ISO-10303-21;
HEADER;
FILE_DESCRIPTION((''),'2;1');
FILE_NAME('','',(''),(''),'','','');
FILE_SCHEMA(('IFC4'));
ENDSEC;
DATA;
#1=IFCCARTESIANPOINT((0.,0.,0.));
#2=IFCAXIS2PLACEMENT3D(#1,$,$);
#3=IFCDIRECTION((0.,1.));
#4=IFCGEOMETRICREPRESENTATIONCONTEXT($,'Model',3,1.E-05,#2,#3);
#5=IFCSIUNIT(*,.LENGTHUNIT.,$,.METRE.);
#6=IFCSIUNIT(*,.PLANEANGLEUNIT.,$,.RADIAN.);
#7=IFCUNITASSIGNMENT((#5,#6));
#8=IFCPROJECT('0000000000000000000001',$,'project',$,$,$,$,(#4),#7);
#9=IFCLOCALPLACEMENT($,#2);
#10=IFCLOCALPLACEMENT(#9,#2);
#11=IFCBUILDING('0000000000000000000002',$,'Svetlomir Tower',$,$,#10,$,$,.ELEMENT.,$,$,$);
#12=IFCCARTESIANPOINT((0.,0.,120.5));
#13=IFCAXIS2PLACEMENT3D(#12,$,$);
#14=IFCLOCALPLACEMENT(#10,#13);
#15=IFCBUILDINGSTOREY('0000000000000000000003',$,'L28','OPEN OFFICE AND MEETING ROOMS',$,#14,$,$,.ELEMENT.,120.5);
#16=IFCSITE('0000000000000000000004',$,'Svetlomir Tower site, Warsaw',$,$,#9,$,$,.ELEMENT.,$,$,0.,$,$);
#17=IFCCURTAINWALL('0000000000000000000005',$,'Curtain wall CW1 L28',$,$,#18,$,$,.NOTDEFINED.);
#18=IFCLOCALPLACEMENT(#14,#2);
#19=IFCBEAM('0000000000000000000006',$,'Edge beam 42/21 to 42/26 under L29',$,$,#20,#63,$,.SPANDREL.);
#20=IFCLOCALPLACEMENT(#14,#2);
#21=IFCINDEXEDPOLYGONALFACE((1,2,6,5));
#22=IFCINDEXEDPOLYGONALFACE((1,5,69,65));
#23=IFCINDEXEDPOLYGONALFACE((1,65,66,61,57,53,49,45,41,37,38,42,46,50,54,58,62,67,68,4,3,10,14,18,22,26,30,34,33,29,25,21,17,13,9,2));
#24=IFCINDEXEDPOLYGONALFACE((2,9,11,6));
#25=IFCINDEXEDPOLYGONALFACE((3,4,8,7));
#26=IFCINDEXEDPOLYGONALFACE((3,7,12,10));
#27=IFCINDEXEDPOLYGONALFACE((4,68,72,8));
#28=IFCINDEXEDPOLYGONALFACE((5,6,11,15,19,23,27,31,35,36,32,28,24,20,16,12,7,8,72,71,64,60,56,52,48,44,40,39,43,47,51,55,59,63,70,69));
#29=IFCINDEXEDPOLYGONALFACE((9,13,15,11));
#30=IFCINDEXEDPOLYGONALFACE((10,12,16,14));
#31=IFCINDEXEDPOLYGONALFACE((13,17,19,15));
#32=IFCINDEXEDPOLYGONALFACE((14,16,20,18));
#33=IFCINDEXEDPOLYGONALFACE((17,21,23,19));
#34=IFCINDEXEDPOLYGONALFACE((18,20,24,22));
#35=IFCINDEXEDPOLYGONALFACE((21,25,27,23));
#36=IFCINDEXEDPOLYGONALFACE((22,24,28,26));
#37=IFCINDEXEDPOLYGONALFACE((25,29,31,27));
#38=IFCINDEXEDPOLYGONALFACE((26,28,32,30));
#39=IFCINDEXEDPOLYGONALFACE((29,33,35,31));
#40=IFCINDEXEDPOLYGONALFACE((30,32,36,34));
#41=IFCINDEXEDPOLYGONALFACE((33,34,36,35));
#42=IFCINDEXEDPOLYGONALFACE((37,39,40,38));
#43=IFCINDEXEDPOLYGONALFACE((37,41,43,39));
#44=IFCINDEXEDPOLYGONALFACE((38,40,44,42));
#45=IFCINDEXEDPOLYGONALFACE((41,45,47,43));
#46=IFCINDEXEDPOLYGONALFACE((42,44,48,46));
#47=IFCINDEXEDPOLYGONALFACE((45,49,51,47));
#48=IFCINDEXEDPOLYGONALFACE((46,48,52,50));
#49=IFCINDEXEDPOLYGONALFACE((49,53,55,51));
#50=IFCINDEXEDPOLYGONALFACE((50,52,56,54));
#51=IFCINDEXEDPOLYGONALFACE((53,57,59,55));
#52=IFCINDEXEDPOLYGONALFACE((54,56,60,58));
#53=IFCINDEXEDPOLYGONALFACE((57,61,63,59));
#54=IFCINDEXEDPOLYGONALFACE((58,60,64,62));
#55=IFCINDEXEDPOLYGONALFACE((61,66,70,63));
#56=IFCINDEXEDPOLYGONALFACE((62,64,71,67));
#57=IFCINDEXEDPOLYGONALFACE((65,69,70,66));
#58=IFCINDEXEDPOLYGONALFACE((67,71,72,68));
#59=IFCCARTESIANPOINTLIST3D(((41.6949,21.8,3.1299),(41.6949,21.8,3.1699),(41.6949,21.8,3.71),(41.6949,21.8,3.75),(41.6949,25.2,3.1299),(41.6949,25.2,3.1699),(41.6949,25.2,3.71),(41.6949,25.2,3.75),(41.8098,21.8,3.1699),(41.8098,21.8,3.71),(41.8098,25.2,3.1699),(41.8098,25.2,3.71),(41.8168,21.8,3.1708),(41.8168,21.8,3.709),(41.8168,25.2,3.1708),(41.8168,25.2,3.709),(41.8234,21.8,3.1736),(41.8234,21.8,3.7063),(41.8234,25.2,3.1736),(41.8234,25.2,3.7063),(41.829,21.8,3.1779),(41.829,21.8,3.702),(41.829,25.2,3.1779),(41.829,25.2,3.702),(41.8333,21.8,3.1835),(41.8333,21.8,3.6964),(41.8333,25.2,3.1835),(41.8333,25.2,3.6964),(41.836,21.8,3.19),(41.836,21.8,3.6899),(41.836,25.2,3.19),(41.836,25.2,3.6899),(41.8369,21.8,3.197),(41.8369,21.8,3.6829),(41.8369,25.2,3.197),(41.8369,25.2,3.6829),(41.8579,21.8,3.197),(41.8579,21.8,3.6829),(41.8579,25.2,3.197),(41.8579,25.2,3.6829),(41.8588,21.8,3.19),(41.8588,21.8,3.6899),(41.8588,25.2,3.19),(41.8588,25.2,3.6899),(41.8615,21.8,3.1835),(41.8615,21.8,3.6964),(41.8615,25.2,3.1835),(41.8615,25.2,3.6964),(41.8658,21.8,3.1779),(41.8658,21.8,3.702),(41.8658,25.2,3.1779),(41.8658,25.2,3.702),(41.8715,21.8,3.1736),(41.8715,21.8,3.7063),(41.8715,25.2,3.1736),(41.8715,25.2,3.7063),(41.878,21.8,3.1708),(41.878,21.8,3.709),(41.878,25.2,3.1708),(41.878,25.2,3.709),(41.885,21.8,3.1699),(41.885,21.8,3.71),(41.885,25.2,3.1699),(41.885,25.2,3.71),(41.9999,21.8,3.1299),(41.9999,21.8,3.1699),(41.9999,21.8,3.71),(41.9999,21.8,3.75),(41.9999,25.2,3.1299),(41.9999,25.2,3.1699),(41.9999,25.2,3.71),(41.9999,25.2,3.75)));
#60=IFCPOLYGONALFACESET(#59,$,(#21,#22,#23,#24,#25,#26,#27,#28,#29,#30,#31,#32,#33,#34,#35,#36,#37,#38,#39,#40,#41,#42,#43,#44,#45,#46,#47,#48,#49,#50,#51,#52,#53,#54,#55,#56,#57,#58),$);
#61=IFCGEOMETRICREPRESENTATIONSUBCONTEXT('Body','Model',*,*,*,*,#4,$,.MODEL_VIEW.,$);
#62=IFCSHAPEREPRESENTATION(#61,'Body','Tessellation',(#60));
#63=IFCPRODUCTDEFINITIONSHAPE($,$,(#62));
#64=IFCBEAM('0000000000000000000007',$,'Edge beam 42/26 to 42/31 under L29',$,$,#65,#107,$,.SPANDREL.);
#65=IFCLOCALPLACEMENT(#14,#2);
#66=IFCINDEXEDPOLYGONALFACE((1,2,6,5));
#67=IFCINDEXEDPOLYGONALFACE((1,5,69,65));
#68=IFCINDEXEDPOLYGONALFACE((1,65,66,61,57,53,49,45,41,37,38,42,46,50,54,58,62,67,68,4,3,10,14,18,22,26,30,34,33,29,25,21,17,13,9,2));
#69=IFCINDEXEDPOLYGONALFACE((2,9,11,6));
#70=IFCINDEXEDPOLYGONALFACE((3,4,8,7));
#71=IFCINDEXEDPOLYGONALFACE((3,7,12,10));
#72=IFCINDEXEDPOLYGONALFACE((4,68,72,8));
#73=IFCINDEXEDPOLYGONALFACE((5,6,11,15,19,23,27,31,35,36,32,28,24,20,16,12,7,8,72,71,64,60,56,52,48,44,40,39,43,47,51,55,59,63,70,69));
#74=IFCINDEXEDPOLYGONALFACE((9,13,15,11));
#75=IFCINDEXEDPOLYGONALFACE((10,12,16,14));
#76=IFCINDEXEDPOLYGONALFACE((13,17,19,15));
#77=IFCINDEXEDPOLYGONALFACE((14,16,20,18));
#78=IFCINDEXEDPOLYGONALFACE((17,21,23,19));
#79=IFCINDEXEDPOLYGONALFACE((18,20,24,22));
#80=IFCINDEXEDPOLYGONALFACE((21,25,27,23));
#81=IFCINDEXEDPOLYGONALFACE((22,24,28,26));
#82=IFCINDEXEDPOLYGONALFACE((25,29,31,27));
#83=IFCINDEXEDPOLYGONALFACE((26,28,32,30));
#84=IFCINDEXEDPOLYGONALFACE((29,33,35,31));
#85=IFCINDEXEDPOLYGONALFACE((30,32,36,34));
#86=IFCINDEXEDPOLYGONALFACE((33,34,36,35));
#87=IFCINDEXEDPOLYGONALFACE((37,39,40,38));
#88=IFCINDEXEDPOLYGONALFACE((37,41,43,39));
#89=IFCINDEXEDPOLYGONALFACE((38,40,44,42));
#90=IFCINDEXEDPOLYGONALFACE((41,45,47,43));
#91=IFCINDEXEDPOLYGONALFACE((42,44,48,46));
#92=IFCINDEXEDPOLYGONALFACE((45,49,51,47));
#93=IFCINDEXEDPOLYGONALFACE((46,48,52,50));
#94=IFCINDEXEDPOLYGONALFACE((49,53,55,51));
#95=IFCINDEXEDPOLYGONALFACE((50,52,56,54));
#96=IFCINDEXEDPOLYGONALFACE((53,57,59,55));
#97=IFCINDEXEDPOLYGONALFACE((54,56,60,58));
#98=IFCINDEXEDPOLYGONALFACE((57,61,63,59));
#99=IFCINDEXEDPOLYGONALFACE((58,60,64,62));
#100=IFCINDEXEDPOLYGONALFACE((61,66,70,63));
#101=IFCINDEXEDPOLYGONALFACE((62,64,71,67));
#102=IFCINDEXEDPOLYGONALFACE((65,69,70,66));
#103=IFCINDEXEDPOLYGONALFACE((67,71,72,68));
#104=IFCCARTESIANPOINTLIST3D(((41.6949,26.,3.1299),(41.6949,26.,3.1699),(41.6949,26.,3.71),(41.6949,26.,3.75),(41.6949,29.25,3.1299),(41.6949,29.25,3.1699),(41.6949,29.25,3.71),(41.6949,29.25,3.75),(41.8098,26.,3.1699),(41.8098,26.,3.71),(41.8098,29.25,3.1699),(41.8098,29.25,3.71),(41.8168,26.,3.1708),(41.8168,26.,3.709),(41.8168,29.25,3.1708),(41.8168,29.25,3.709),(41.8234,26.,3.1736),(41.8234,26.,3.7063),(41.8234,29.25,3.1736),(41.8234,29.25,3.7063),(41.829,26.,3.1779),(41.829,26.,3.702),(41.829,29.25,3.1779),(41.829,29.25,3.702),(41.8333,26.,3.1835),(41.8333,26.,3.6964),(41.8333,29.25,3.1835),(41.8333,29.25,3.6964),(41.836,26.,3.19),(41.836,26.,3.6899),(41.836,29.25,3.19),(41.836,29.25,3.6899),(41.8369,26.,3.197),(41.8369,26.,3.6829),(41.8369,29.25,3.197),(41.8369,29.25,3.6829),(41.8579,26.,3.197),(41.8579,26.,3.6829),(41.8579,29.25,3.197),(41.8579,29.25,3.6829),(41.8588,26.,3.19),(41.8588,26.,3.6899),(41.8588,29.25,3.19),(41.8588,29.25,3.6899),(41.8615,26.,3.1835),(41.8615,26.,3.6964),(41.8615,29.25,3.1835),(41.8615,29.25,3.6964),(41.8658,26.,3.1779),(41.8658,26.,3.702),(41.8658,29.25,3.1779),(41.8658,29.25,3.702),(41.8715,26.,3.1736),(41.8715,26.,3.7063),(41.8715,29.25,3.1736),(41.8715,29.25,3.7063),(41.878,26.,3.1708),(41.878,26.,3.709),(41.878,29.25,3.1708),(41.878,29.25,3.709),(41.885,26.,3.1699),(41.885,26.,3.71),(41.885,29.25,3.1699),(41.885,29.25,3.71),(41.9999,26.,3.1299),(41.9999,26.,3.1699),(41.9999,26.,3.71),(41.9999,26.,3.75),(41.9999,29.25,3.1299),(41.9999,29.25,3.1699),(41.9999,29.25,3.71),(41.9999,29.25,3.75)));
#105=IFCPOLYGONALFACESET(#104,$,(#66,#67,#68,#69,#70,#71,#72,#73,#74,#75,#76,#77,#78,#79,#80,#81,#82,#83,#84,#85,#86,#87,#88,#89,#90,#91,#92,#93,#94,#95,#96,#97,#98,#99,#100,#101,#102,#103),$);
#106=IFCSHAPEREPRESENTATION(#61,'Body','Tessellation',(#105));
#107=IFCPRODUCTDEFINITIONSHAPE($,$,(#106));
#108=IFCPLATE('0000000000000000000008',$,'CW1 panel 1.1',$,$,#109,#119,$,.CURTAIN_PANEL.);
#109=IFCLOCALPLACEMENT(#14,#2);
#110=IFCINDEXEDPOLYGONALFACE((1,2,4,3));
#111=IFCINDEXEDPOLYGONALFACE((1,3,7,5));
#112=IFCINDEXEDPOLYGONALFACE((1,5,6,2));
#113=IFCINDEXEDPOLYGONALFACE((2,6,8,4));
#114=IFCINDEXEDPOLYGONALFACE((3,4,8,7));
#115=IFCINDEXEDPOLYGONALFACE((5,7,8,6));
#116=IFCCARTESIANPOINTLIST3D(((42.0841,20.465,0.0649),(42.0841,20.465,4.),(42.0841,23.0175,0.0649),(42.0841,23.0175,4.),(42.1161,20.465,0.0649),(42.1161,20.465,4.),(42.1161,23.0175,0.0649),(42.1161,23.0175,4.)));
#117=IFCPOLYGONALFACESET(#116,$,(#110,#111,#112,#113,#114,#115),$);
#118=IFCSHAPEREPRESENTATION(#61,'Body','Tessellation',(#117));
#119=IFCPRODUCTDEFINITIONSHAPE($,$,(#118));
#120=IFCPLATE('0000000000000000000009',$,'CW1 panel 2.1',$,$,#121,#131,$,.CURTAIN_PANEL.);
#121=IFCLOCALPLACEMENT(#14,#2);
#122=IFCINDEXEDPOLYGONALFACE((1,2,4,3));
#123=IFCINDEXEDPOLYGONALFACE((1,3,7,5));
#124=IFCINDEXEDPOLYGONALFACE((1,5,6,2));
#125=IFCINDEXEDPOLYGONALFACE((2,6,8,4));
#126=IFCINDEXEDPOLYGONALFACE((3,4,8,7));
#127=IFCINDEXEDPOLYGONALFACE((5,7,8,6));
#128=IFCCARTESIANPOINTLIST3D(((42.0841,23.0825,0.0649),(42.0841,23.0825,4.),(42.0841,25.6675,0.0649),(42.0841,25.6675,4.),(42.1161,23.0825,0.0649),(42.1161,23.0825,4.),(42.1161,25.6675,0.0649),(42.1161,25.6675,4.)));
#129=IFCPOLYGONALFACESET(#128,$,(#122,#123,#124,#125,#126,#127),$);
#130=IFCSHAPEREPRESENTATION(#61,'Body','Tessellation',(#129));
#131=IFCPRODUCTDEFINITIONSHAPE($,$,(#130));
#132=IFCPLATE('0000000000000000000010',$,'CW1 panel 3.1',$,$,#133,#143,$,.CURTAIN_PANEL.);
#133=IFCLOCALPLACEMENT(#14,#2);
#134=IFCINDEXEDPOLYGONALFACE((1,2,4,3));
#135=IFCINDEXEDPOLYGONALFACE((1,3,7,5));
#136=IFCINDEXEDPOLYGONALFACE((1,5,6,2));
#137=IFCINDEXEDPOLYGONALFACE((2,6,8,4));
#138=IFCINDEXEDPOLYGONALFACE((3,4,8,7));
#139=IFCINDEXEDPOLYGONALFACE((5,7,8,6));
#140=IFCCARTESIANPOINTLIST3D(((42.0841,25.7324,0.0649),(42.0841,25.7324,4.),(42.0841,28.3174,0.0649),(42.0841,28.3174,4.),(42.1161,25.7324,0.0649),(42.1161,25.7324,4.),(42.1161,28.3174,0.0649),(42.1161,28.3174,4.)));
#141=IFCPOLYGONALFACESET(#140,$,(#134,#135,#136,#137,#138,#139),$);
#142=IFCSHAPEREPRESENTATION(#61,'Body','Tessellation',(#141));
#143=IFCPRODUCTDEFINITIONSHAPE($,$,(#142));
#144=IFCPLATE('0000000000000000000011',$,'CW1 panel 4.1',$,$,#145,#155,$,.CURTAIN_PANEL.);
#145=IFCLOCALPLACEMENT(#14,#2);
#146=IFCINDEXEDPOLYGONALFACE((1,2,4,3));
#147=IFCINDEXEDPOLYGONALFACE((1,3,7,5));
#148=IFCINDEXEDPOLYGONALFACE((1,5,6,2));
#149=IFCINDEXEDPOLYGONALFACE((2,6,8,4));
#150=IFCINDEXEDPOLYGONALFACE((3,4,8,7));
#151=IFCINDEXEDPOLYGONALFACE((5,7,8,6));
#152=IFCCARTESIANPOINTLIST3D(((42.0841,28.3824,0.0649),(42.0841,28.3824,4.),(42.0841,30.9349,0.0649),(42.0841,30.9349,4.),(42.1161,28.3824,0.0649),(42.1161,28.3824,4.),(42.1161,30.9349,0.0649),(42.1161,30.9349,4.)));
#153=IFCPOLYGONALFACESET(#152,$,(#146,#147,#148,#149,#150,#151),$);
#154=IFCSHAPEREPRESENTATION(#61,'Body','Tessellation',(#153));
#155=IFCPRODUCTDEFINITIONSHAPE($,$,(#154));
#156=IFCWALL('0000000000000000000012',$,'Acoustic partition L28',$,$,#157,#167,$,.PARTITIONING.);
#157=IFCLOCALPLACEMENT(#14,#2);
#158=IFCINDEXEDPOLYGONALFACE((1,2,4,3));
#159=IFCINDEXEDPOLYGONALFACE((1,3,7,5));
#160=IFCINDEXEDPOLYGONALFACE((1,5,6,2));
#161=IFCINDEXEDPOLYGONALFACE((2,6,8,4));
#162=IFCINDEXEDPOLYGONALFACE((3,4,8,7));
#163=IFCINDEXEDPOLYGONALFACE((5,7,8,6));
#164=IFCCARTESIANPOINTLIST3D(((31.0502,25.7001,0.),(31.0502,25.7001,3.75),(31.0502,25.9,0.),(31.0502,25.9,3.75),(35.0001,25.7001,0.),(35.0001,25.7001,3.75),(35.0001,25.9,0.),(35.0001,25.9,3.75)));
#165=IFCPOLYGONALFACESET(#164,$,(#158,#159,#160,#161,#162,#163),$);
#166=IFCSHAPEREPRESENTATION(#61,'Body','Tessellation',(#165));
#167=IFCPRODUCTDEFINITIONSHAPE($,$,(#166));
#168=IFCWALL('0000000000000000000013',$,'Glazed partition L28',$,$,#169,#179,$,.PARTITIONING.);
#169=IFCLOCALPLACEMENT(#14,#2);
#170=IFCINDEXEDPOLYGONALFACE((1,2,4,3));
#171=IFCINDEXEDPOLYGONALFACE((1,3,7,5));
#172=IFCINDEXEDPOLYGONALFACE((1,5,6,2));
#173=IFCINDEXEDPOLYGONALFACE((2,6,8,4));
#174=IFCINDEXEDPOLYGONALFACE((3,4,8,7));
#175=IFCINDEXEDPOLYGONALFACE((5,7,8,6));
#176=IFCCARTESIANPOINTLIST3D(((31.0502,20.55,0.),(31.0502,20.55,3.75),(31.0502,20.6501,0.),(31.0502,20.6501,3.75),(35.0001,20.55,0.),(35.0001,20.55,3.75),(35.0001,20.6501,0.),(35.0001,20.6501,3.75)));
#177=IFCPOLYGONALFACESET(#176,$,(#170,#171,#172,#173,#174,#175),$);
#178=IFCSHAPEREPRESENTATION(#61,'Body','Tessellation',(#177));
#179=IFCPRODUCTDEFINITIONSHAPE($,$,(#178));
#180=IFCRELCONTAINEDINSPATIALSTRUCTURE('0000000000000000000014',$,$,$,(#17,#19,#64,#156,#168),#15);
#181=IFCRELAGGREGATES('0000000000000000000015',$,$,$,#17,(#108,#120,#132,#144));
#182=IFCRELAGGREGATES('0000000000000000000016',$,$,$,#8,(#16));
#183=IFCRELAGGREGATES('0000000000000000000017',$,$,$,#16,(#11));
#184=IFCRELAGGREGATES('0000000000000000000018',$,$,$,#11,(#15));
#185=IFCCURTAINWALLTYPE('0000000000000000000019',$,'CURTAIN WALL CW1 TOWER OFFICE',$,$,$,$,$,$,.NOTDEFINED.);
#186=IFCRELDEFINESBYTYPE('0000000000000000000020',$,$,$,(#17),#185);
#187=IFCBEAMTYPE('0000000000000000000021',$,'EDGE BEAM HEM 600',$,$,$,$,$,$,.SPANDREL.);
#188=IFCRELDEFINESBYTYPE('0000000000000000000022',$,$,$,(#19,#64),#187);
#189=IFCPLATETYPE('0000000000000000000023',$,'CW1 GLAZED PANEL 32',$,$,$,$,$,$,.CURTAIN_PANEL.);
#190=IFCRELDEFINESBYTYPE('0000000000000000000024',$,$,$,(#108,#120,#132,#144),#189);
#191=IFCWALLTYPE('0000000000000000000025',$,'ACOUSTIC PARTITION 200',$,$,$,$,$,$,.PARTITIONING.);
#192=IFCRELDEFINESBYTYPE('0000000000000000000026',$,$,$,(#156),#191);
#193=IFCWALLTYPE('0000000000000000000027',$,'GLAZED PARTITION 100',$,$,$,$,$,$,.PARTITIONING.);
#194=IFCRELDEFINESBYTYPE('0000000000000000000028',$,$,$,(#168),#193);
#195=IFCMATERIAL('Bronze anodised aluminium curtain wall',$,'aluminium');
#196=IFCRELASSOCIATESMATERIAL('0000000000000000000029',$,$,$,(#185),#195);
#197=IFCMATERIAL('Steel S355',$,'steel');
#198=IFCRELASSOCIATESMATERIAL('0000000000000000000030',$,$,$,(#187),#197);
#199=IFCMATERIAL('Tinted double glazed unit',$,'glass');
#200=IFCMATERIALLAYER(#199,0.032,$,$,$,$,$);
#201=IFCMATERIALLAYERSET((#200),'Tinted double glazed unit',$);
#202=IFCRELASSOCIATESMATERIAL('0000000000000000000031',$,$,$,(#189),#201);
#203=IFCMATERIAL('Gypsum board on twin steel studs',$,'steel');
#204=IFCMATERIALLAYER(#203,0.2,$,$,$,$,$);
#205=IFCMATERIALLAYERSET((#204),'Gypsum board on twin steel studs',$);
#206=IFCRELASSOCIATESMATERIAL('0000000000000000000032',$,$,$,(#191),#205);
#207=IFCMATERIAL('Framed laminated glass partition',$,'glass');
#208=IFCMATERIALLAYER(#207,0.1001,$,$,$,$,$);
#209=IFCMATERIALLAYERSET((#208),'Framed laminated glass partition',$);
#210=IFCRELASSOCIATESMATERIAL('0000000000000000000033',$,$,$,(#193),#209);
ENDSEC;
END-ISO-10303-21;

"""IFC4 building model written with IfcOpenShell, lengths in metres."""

from ifc_helpers import new_model, si_unit, direction, frame, frame_2d, origin, origin_2d, place, context, subcontext, project, spatial, rectangle, i_section, extrude, material, layer, layer_set, material_profile, profile_set, type_object, element, aggregate, save


model = new_model("IFC4")

# Units and contexts
model_context = context("Model", 3, precision=1e-05, world=origin(), true_north=direction((0.0, 1.0)))
body_context = subcontext(model_context, "Body", "Model", "MODEL_VIEW")
ifc_project = project(units=[si_unit("LENGTHUNIT", "METRE"), si_unit("PLANEANGLEUNIT", "RADIAN")], contexts=[model_context])

# Site, building, storey
site_placement = place(None, origin())
site = spatial("IfcSite", under=ifc_project, at=site_placement, Name="Svetlomir Tower site, Warsaw", CompositionType="ELEMENT", RefElevation=0.0)
building_placement = place(site_placement, origin())
building = spatial("IfcBuilding", under=site, at=building_placement, Name="Svetlomir Tower", CompositionType="ELEMENT")
storey_placement = place(building_placement, frame((0.0, 0.0, 120.5)))
storey = spatial("IfcBuildingStorey", under=building, at=storey_placement, Name="L28", Description="OPEN OFFICE AND MEETING ROOMS", CompositionType="ELEMENT", Elevation=120.5)

# Curtain wall
ifc_material_1 = material(Name="Bronze anodised aluminium curtain wall", Category="aluminium")
curtain_wall_type = type_object("IfcCurtainWallType", Name="CURTAIN WALL CW1 TOWER OFFICE", PredefinedType="NOTDEFINED", material=ifc_material_1)
curtain_wall_1_placement = place(storey_placement, origin())
curtain_wall_1 = element("IfcCurtainWall", 1, at=curtain_wall_1_placement, inside=storey, type_object=curtain_wall_type, Name="Curtain wall CW1 L28", PredefinedType="NOTDEFINED")

# Beams
ifc_material_2 = material(Name="Steel S355", Category="steel")
ifc_material_profile_1 = material_profile(ifc_material_2, i_section(OverallWidth=0.3049, OverallDepth=0.6201, WebThickness=0.021, FlangeThickness=0.04, FilletRadius=0.0271, at=origin_2d()), Name="HEM 600")
ifc_profile_set_1 = profile_set([ifc_material_profile_1], Name="Steel S355")
beam_type_1 = type_object("IfcBeamType", Name="EDGE BEAM HEM 600", PredefinedType="SPANDREL", material=ifc_profile_set_1)
beam_1_placement = place(storey_placement, frame((41.8474, 21.8, 3.4399), z_axis=(0.0, 1.0, 0.0), x_axis=(-1.0, 0.0, 0.0)))
element("IfcBeam", 2, at=beam_1_placement, inside=storey, type_object=beam_type_1, Name="Edge beam 42/21 to 42/26 under L29", PredefinedType="SPANDREL", context=body_context, shape_type="SweptSolid", body=[
    extrude(i_section(OverallWidth=0.3049, OverallDepth=0.6201, WebThickness=0.021, FlangeThickness=0.04, FilletRadius=0.0271, at=origin_2d()), origin(), (0.0, 0.0, 1.0), 3.3999),
])
beam_2_placement = place(storey_placement, frame((41.8474, 26.0, 3.4399), z_axis=(0.0, 1.0, 0.0), x_axis=(-1.0, 0.0, 0.0)))
element("IfcBeam", 3, at=beam_2_placement, inside=storey, type_object=beam_type_1, Name="Edge beam 42/26 to 42/31 under L29", PredefinedType="SPANDREL", context=body_context, shape_type="SweptSolid", body=[
    extrude(i_section(OverallWidth=0.3049, OverallDepth=0.6201, WebThickness=0.021, FlangeThickness=0.04, FilletRadius=0.0271, at=origin_2d()), origin(), (0.0, 0.0, 1.0), 3.25),
])

# Plates
ifc_material_3 = material(Name="Tinted double glazed unit", Category="glass")
ifc_layer_1 = layer(ifc_material_3, 0.032)
ifc_layer_set_1 = layer_set([ifc_layer_1], Name="Tinted double glazed unit")
plate_type = type_object("IfcPlateType", Name="CW1 GLAZED PANEL 32", PredefinedType="CURTAIN_PANEL", material=ifc_layer_set_1)
plate_1_placement = place(storey_placement, frame((42.1001, 21.7412, 0.0649), z_axis=(0.0, 0.0, 1.0), x_axis=(0.0, 1.0, 0.0)))
plate_1 = element("IfcPlate", 4, at=plate_1_placement, type_object=plate_type, Name="CW1 panel 1.1", PredefinedType="CURTAIN_PANEL", context=body_context, shape_type="SweptSolid", body=[
    extrude(rectangle(XDim=2.5525, YDim=0.032, at=origin_2d()), origin(), (0.0, 0.0, 1.0), 3.9351),
])
plate_2_placement = place(storey_placement, frame((42.1001, 24.375, 0.0649), z_axis=(0.0, 0.0, 1.0), x_axis=(0.0, 1.0, 0.0)))
plate_2 = element("IfcPlate", 5, at=plate_2_placement, type_object=plate_type, Name="CW1 panel 2.1", PredefinedType="CURTAIN_PANEL", context=body_context, shape_type="SweptSolid", body=[
    extrude(rectangle(XDim=2.585, YDim=0.032, at=origin_2d()), origin(), (0.0, 0.0, 1.0), 3.9351),
])
plate_3_placement = place(storey_placement, frame((42.1001, 27.0249, 0.0649), z_axis=(0.0, 0.0, 1.0), x_axis=(0.0, 1.0, 0.0)))
plate_3 = element("IfcPlate", 6, at=plate_3_placement, type_object=plate_type, Name="CW1 panel 3.1", PredefinedType="CURTAIN_PANEL", context=body_context, shape_type="SweptSolid", body=[
    extrude(rectangle(XDim=2.585, YDim=0.032, at=origin_2d()), origin(), (0.0, 0.0, 1.0), 3.9351),
])
plate_4_placement = place(storey_placement, frame((42.1001, 29.6587, 0.0649), z_axis=(0.0, 0.0, 1.0), x_axis=(0.0, 1.0, 0.0)))
plate_4 = element("IfcPlate", 7, at=plate_4_placement, type_object=plate_type, Name="CW1 panel 4.1", PredefinedType="CURTAIN_PANEL", context=body_context, shape_type="SweptSolid", body=[
    extrude(rectangle(XDim=2.5525, YDim=0.032, at=origin_2d()), origin(), (0.0, 0.0, 1.0), 3.9351),
])
aggregate(curtain_wall_1, [plate_1, plate_2, plate_3, plate_4])

# Walls
ifc_material_4 = material(Name="Gypsum board on twin steel studs", Category="steel")
ifc_layer_2 = layer(ifc_material_4, 0.2)
ifc_layer_set_2 = layer_set([ifc_layer_2], Name="Gypsum board on twin steel studs")
wall_type_1 = type_object("IfcWallType", Name="ACOUSTIC PARTITION 200", PredefinedType="PARTITIONING", material=ifc_layer_set_2)
wall_1_placement = place(storey_placement, frame((31.05, 25.8, 0.0), z_axis=(0.0, 0.0, 1.0), x_axis=(1.0, 0.0, 0.0)))
element("IfcWall", 8, at=wall_1_placement, inside=storey, type_object=wall_type_1, Name="Acoustic partition L28", PredefinedType="PARTITIONING", context=body_context, shape_type="SweptSolid", body=[
    extrude(rectangle(XDim=3.95, YDim=0.2, at=frame_2d((1.9751, 0.0))), origin(), (0.0, 0.0, 1.0), 3.75),
])
ifc_material_5 = material(Name="Framed laminated glass partition", Category="glass")
ifc_layer_3 = layer(ifc_material_5, 0.1001)
ifc_layer_set_3 = layer_set([ifc_layer_3], Name="Framed laminated glass partition")
wall_type_2 = type_object("IfcWallType", Name="GLAZED PARTITION 100", PredefinedType="PARTITIONING", material=ifc_layer_set_3)
wall_2_placement = place(storey_placement, frame((31.05, 20.6001, 0.0), z_axis=(0.0, 0.0, 1.0), x_axis=(1.0, 0.0, 0.0)))
element("IfcWall", 9, at=wall_2_placement, inside=storey, type_object=wall_type_2, Name="Glazed partition L28", PredefinedType="PARTITIONING", context=body_context, shape_type="SweptSolid", body=[
    extrude(rectangle(XDim=3.95, YDim=0.1001, at=frame_2d((1.9751, 0.0))), origin(), (0.0, 0.0, 1.0), 3.75),
])

save(model, "model.ifc")
